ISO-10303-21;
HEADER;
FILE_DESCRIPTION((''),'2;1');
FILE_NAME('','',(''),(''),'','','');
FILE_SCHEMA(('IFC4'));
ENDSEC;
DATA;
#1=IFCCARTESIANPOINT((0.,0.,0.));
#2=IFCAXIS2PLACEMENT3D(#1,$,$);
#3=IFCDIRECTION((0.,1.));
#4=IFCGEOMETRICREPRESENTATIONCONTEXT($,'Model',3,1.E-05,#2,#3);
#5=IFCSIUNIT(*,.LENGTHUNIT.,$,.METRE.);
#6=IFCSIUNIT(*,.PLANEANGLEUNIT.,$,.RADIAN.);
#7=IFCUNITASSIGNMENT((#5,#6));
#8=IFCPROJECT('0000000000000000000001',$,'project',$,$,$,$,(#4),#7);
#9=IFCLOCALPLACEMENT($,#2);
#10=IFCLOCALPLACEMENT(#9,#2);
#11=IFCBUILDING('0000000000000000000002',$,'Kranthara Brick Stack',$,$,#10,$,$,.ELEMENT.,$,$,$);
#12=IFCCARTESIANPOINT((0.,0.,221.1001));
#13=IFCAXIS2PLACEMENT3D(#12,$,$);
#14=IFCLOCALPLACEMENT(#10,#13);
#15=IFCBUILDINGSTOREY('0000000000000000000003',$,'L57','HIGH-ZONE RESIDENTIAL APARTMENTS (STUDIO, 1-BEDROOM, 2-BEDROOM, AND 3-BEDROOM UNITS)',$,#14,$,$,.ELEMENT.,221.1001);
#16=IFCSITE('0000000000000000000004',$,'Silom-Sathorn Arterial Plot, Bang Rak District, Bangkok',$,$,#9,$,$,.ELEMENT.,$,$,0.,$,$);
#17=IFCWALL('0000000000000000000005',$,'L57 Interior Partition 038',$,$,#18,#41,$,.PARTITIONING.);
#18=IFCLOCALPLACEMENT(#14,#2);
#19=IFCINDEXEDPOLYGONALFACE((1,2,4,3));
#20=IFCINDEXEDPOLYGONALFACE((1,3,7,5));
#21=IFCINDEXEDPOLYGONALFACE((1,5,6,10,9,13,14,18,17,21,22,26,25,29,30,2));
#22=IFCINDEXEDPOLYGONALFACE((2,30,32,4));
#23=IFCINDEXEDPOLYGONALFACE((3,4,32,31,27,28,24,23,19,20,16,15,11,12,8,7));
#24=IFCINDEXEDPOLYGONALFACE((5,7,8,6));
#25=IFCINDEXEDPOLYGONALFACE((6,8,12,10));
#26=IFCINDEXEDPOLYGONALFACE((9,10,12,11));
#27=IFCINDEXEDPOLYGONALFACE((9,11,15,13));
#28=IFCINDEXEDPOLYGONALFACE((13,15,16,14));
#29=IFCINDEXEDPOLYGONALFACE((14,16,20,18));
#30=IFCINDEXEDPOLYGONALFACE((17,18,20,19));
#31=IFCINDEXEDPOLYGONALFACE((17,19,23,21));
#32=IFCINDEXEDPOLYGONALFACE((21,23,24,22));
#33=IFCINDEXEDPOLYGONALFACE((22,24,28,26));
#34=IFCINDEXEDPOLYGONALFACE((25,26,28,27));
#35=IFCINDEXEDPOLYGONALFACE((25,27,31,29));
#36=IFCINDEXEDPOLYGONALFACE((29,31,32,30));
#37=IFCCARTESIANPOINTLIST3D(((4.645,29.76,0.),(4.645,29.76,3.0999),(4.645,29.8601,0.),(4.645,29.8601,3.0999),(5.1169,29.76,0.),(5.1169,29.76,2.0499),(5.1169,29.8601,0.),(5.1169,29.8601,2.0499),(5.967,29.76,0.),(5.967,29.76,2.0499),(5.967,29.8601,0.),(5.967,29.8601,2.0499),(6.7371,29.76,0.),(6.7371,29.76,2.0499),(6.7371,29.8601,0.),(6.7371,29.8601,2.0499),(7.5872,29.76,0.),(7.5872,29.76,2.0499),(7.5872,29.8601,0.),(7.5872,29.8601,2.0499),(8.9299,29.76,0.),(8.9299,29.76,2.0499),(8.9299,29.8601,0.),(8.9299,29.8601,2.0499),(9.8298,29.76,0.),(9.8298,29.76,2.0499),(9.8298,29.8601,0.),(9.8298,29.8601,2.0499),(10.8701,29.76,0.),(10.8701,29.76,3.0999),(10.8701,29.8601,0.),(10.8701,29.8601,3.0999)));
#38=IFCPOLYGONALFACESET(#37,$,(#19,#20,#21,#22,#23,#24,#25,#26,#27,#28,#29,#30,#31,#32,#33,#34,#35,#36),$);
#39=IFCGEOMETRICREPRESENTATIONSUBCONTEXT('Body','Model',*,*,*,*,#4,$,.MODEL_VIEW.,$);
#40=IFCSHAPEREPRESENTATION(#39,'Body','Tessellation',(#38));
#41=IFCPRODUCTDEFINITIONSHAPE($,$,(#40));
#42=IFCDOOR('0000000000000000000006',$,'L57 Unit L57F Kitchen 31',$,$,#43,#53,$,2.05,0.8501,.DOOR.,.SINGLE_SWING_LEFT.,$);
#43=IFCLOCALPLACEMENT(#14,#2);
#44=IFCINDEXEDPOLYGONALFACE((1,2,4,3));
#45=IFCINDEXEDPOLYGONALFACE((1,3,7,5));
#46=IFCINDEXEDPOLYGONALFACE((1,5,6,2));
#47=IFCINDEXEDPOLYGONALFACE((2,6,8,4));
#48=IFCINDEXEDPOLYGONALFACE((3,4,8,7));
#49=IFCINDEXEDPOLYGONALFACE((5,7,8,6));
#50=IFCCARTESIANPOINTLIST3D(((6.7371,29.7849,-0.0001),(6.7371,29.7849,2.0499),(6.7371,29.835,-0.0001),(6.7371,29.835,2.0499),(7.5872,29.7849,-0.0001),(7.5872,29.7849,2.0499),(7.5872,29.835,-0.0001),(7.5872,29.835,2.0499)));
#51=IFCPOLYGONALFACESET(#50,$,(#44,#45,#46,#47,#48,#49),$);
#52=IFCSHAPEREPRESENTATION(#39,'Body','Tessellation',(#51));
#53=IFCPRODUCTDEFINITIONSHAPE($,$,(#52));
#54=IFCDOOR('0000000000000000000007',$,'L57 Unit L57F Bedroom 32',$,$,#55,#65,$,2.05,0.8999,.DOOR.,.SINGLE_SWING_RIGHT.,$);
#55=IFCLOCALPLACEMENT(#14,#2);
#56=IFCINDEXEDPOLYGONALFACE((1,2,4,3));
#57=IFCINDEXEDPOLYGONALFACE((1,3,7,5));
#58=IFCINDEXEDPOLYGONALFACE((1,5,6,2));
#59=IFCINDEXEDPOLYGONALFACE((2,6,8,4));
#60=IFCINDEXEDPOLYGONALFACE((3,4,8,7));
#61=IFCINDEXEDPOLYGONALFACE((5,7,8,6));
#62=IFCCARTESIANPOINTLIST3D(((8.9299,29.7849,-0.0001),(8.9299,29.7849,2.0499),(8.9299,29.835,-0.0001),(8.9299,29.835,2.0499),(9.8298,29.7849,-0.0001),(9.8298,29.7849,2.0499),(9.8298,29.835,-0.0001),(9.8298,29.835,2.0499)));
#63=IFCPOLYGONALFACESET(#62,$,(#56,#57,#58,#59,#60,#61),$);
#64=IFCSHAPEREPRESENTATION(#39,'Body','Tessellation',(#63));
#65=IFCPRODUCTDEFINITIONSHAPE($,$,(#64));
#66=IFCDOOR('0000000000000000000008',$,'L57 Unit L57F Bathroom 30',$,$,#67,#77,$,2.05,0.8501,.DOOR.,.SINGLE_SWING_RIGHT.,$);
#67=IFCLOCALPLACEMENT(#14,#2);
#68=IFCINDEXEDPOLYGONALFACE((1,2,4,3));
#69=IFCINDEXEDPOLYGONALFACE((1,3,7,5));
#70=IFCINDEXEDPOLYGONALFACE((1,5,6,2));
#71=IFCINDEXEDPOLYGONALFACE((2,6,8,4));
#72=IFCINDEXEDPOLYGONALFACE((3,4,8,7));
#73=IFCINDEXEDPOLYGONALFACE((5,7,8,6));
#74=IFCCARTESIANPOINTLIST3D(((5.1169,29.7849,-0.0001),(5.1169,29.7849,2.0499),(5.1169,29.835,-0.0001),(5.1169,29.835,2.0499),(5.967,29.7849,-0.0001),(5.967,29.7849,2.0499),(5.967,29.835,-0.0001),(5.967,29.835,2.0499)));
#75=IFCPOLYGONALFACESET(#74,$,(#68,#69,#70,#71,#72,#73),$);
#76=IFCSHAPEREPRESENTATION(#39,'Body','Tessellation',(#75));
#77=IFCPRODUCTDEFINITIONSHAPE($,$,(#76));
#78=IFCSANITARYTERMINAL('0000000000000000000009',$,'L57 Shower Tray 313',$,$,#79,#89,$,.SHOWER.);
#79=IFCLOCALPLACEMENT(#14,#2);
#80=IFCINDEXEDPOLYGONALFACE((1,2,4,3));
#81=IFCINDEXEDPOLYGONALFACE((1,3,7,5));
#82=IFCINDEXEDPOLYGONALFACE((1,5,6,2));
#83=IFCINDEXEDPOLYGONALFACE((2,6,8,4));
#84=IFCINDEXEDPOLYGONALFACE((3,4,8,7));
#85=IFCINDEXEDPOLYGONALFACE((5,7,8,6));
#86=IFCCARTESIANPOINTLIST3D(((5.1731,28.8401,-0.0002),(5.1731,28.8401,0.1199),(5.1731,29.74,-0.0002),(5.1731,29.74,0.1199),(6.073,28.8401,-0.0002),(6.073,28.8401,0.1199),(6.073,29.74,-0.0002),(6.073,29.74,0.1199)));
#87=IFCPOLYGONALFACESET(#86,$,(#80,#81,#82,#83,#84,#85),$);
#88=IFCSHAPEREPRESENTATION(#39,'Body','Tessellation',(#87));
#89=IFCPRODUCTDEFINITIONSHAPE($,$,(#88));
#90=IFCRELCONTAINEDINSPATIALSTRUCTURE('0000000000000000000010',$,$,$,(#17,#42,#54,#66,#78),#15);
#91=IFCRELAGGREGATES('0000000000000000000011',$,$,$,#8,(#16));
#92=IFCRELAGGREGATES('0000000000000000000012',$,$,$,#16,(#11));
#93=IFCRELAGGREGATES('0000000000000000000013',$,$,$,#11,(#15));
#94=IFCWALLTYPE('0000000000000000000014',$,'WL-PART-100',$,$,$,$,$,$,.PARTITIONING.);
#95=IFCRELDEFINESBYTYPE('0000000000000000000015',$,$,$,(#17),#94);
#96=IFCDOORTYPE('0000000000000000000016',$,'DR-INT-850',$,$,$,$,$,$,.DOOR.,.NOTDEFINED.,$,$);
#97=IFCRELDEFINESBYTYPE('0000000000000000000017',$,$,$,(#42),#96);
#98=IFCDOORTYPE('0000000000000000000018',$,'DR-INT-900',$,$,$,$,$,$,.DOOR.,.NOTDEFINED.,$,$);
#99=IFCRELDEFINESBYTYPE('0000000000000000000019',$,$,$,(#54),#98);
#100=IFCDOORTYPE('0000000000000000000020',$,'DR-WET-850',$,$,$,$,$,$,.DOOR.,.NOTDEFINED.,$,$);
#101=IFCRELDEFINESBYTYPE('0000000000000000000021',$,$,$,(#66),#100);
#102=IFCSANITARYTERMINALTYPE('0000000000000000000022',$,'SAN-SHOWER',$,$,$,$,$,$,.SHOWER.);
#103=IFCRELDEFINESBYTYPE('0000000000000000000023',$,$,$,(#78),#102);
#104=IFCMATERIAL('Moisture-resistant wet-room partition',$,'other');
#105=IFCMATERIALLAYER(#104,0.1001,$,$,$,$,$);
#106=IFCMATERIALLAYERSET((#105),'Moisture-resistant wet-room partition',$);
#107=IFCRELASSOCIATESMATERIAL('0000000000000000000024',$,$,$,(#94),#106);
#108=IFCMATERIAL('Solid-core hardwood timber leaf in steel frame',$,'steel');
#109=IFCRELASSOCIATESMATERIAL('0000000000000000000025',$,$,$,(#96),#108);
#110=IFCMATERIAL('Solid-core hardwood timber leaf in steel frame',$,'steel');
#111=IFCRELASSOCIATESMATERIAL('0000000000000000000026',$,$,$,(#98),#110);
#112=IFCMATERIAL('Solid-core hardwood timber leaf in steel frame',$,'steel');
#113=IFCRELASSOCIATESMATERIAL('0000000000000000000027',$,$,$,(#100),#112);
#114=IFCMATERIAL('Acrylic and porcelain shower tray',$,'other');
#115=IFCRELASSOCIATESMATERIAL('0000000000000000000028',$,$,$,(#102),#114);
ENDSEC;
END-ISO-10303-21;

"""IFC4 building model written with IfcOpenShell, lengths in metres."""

from ifc_helpers import new_model, si_unit, direction, frame, frame_2d, origin, origin_2d, place, context, subcontext, project, spatial, rectangle, extrude, material, layer, layer_set, type_object, element, fill, save


model = new_model("IFC4")

# Units and contexts
model_context = context("Model", 3, precision=1e-05, world=origin(), true_north=direction((0.0, 1.0)))
body_context = subcontext(model_context, "Body", "Model", "MODEL_VIEW")
ifc_project = project(units=[si_unit("LENGTHUNIT", "METRE"), si_unit("PLANEANGLEUNIT", "RADIAN")], contexts=[model_context])

# Site, building, storey
site_placement = place(None, origin())
site = spatial("IfcSite", under=ifc_project, at=site_placement, Name="Silom-Sathorn Arterial Plot, Bang Rak District, Bangkok", CompositionType="ELEMENT", RefElevation=0.0)
building_placement = place(site_placement, origin())
building = spatial("IfcBuilding", under=site, at=building_placement, Name="Kranthara Brick Stack", CompositionType="ELEMENT")
storey_placement = place(building_placement, frame((0.0, 0.0, 221.1001)))
storey = spatial("IfcBuildingStorey", under=building, at=storey_placement, Name="L57", Description="HIGH-ZONE RESIDENTIAL APARTMENTS (STUDIO, 1-BEDROOM, 2-BEDROOM, AND 3-BEDROOM UNITS)", CompositionType="ELEMENT", Elevation=221.1001)

# Wall, openings, doors
ifc_material_1 = material(Name="Moisture-resistant wet-room partition", Category="other")
ifc_layer = layer(ifc_material_1, 0.1001)
ifc_layer_set = layer_set([ifc_layer], Name="Moisture-resistant wet-room partition")
wall_type = type_object("IfcWallType", Name="WL-PART-100", PredefinedType="PARTITIONING", material=ifc_layer_set)
wall_placement = place(storey_placement, frame((4.645, 29.8101, 0.0), z_axis=(0.0, 0.0, 1.0), x_axis=(1.0, 0.0, 0.0)))
wall = element("IfcWall", 1, at=wall_placement, inside=storey, type_object=wall_type, Name="L57 Interior Partition 038", PredefinedType="PARTITIONING", context=body_context, shape_type="SweptSolid", body=[
    extrude(rectangle(XDim=6.2251, YDim=0.1001, at=frame_2d((3.1125, 0.0))), origin(), (0.0, 0.0, 1.0), 3.0999),
])
opening_1_placement = place(wall_placement, frame((0.4719, 0.0, 0.0)))
opening_1 = element("IfcOpeningElement", 2, at=opening_1_placement, cuts=wall, PredefinedType="OPENING", context=body_context, shape_type="SweptSolid", body=[
    extrude(rectangle(XDim=0.8501, YDim=2.05, at=frame_2d((0.425, 1.0249))), frame((0.0, 0.0601, 0.0), z_axis=(0.0, -1.0, 0.0), x_axis=(1.0, 0.0, 0.0)), (0.0, 0.0, 1.0), 0.1201),
])
opening_2_placement = place(wall_placement, frame((2.092, 0.0, 0.0)))
opening_2 = element("IfcOpeningElement", 3, at=opening_2_placement, cuts=wall, PredefinedType="OPENING", context=body_context, shape_type="SweptSolid", body=[
    extrude(rectangle(XDim=0.8501, YDim=2.05, at=frame_2d((0.425, 1.0249))), frame((0.0, 0.0601, 0.0), z_axis=(0.0, -1.0, 0.0), x_axis=(1.0, 0.0, 0.0)), (0.0, 0.0, 1.0), 0.1201),
])
opening_3_placement = place(wall_placement, frame((4.2849, 0.0, 0.0)))
opening_3 = element("IfcOpeningElement", 4, at=opening_3_placement, cuts=wall, PredefinedType="OPENING", context=body_context, shape_type="SweptSolid", body=[
    extrude(rectangle(XDim=0.8999, YDim=2.05, at=frame_2d((0.45, 1.0249))), frame((0.0, 0.0601, 0.0), z_axis=(0.0, -1.0, 0.0), x_axis=(1.0, 0.0, 0.0)), (0.0, 0.0, 1.0), 0.1201),
])
ifc_material_2 = material(Name="Solid-core hardwood timber leaf in steel frame", Category="steel")
door_type_1 = type_object("IfcDoorType", Name="DR-INT-850", OperationType="NOTDEFINED", PredefinedType="DOOR", material=ifc_material_2)
door_1_placement = place(opening_2_placement, origin())
door_1 = element("IfcDoor", 5, at=door_1_placement, inside=storey, type_object=door_type_1, Name="L57 Unit L57F Kitchen 31", OperationType="SINGLE_SWING_LEFT", OverallHeight=2.05, OverallWidth=0.8501, PredefinedType="DOOR", context=body_context, shape_type="SweptSolid", body=[
    extrude(rectangle(XDim=0.8501, YDim=2.05, at=frame_2d((0.425, 1.0249))), frame((0.0, 0.0249, 0.0), z_axis=(0.0, -1.0, 0.0), x_axis=(1.0, 0.0, 0.0)), (0.0, 0.0, 1.0), 0.05),
])
fill(opening_2, door_1)
ifc_material_3 = material(Name="Solid-core hardwood timber leaf in steel frame", Category="steel")
door_type_2 = type_object("IfcDoorType", Name="DR-INT-900", OperationType="NOTDEFINED", PredefinedType="DOOR", material=ifc_material_3)
door_2_placement = place(opening_3_placement, origin())
door_2 = element("IfcDoor", 6, at=door_2_placement, inside=storey, type_object=door_type_2, Name="L57 Unit L57F Bedroom 32", OperationType="SINGLE_SWING_RIGHT", OverallHeight=2.05, OverallWidth=0.8999, PredefinedType="DOOR", context=body_context, shape_type="SweptSolid", body=[
    extrude(rectangle(XDim=0.8999, YDim=2.05, at=frame_2d((0.45, 1.0249))), frame((0.0, 0.0249, 0.0), z_axis=(0.0, -1.0, 0.0), x_axis=(1.0, 0.0, 0.0)), (0.0, 0.0, 1.0), 0.05),
])
fill(opening_3, door_2)
ifc_material_4 = material(Name="Solid-core hardwood timber leaf in steel frame", Category="steel")
door_type_3 = type_object("IfcDoorType", Name="DR-WET-850", OperationType="NOTDEFINED", PredefinedType="DOOR", material=ifc_material_4)
door_3_placement = place(opening_1_placement, origin())
door_3 = element("IfcDoor", 7, at=door_3_placement, inside=storey, type_object=door_type_3, Name="L57 Unit L57F Bathroom 30", OperationType="SINGLE_SWING_RIGHT", OverallHeight=2.05, OverallWidth=0.8501, PredefinedType="DOOR", context=body_context, shape_type="SweptSolid", body=[
    extrude(rectangle(XDim=0.8501, YDim=2.05, at=frame_2d((0.425, 1.0249))), frame((0.0, 0.0249, 0.0), z_axis=(0.0, -1.0, 0.0), x_axis=(1.0, 0.0, 0.0)), (0.0, 0.0, 1.0), 0.05),
])
fill(opening_1, door_3)

# Sanitary terminal
ifc_material_5 = material(Name="Acrylic and porcelain shower tray", Category="other")
sanitary_terminal_type = type_object("IfcSanitaryTerminalType", Name="SAN-SHOWER", PredefinedType="SHOWER", material=ifc_material_5)
sanitary_terminal_placement = place(storey_placement, frame((5.623, 29.29, -0.0002), z_axis=(0.0, 0.0, 1.0), x_axis=(1.0, 0.0, 0.0)))
element("IfcSanitaryTerminal", 8, at=sanitary_terminal_placement, inside=storey, type_object=sanitary_terminal_type, Name="L57 Shower Tray 313", PredefinedType="SHOWER", context=body_context, shape_type="SweptSolid", body=[
    extrude(rectangle(XDim=0.8999, YDim=0.8999, at=origin_2d()), origin(), (0.0, 0.0, 1.0), 0.1201),
])

save(model, "model.ifc")
